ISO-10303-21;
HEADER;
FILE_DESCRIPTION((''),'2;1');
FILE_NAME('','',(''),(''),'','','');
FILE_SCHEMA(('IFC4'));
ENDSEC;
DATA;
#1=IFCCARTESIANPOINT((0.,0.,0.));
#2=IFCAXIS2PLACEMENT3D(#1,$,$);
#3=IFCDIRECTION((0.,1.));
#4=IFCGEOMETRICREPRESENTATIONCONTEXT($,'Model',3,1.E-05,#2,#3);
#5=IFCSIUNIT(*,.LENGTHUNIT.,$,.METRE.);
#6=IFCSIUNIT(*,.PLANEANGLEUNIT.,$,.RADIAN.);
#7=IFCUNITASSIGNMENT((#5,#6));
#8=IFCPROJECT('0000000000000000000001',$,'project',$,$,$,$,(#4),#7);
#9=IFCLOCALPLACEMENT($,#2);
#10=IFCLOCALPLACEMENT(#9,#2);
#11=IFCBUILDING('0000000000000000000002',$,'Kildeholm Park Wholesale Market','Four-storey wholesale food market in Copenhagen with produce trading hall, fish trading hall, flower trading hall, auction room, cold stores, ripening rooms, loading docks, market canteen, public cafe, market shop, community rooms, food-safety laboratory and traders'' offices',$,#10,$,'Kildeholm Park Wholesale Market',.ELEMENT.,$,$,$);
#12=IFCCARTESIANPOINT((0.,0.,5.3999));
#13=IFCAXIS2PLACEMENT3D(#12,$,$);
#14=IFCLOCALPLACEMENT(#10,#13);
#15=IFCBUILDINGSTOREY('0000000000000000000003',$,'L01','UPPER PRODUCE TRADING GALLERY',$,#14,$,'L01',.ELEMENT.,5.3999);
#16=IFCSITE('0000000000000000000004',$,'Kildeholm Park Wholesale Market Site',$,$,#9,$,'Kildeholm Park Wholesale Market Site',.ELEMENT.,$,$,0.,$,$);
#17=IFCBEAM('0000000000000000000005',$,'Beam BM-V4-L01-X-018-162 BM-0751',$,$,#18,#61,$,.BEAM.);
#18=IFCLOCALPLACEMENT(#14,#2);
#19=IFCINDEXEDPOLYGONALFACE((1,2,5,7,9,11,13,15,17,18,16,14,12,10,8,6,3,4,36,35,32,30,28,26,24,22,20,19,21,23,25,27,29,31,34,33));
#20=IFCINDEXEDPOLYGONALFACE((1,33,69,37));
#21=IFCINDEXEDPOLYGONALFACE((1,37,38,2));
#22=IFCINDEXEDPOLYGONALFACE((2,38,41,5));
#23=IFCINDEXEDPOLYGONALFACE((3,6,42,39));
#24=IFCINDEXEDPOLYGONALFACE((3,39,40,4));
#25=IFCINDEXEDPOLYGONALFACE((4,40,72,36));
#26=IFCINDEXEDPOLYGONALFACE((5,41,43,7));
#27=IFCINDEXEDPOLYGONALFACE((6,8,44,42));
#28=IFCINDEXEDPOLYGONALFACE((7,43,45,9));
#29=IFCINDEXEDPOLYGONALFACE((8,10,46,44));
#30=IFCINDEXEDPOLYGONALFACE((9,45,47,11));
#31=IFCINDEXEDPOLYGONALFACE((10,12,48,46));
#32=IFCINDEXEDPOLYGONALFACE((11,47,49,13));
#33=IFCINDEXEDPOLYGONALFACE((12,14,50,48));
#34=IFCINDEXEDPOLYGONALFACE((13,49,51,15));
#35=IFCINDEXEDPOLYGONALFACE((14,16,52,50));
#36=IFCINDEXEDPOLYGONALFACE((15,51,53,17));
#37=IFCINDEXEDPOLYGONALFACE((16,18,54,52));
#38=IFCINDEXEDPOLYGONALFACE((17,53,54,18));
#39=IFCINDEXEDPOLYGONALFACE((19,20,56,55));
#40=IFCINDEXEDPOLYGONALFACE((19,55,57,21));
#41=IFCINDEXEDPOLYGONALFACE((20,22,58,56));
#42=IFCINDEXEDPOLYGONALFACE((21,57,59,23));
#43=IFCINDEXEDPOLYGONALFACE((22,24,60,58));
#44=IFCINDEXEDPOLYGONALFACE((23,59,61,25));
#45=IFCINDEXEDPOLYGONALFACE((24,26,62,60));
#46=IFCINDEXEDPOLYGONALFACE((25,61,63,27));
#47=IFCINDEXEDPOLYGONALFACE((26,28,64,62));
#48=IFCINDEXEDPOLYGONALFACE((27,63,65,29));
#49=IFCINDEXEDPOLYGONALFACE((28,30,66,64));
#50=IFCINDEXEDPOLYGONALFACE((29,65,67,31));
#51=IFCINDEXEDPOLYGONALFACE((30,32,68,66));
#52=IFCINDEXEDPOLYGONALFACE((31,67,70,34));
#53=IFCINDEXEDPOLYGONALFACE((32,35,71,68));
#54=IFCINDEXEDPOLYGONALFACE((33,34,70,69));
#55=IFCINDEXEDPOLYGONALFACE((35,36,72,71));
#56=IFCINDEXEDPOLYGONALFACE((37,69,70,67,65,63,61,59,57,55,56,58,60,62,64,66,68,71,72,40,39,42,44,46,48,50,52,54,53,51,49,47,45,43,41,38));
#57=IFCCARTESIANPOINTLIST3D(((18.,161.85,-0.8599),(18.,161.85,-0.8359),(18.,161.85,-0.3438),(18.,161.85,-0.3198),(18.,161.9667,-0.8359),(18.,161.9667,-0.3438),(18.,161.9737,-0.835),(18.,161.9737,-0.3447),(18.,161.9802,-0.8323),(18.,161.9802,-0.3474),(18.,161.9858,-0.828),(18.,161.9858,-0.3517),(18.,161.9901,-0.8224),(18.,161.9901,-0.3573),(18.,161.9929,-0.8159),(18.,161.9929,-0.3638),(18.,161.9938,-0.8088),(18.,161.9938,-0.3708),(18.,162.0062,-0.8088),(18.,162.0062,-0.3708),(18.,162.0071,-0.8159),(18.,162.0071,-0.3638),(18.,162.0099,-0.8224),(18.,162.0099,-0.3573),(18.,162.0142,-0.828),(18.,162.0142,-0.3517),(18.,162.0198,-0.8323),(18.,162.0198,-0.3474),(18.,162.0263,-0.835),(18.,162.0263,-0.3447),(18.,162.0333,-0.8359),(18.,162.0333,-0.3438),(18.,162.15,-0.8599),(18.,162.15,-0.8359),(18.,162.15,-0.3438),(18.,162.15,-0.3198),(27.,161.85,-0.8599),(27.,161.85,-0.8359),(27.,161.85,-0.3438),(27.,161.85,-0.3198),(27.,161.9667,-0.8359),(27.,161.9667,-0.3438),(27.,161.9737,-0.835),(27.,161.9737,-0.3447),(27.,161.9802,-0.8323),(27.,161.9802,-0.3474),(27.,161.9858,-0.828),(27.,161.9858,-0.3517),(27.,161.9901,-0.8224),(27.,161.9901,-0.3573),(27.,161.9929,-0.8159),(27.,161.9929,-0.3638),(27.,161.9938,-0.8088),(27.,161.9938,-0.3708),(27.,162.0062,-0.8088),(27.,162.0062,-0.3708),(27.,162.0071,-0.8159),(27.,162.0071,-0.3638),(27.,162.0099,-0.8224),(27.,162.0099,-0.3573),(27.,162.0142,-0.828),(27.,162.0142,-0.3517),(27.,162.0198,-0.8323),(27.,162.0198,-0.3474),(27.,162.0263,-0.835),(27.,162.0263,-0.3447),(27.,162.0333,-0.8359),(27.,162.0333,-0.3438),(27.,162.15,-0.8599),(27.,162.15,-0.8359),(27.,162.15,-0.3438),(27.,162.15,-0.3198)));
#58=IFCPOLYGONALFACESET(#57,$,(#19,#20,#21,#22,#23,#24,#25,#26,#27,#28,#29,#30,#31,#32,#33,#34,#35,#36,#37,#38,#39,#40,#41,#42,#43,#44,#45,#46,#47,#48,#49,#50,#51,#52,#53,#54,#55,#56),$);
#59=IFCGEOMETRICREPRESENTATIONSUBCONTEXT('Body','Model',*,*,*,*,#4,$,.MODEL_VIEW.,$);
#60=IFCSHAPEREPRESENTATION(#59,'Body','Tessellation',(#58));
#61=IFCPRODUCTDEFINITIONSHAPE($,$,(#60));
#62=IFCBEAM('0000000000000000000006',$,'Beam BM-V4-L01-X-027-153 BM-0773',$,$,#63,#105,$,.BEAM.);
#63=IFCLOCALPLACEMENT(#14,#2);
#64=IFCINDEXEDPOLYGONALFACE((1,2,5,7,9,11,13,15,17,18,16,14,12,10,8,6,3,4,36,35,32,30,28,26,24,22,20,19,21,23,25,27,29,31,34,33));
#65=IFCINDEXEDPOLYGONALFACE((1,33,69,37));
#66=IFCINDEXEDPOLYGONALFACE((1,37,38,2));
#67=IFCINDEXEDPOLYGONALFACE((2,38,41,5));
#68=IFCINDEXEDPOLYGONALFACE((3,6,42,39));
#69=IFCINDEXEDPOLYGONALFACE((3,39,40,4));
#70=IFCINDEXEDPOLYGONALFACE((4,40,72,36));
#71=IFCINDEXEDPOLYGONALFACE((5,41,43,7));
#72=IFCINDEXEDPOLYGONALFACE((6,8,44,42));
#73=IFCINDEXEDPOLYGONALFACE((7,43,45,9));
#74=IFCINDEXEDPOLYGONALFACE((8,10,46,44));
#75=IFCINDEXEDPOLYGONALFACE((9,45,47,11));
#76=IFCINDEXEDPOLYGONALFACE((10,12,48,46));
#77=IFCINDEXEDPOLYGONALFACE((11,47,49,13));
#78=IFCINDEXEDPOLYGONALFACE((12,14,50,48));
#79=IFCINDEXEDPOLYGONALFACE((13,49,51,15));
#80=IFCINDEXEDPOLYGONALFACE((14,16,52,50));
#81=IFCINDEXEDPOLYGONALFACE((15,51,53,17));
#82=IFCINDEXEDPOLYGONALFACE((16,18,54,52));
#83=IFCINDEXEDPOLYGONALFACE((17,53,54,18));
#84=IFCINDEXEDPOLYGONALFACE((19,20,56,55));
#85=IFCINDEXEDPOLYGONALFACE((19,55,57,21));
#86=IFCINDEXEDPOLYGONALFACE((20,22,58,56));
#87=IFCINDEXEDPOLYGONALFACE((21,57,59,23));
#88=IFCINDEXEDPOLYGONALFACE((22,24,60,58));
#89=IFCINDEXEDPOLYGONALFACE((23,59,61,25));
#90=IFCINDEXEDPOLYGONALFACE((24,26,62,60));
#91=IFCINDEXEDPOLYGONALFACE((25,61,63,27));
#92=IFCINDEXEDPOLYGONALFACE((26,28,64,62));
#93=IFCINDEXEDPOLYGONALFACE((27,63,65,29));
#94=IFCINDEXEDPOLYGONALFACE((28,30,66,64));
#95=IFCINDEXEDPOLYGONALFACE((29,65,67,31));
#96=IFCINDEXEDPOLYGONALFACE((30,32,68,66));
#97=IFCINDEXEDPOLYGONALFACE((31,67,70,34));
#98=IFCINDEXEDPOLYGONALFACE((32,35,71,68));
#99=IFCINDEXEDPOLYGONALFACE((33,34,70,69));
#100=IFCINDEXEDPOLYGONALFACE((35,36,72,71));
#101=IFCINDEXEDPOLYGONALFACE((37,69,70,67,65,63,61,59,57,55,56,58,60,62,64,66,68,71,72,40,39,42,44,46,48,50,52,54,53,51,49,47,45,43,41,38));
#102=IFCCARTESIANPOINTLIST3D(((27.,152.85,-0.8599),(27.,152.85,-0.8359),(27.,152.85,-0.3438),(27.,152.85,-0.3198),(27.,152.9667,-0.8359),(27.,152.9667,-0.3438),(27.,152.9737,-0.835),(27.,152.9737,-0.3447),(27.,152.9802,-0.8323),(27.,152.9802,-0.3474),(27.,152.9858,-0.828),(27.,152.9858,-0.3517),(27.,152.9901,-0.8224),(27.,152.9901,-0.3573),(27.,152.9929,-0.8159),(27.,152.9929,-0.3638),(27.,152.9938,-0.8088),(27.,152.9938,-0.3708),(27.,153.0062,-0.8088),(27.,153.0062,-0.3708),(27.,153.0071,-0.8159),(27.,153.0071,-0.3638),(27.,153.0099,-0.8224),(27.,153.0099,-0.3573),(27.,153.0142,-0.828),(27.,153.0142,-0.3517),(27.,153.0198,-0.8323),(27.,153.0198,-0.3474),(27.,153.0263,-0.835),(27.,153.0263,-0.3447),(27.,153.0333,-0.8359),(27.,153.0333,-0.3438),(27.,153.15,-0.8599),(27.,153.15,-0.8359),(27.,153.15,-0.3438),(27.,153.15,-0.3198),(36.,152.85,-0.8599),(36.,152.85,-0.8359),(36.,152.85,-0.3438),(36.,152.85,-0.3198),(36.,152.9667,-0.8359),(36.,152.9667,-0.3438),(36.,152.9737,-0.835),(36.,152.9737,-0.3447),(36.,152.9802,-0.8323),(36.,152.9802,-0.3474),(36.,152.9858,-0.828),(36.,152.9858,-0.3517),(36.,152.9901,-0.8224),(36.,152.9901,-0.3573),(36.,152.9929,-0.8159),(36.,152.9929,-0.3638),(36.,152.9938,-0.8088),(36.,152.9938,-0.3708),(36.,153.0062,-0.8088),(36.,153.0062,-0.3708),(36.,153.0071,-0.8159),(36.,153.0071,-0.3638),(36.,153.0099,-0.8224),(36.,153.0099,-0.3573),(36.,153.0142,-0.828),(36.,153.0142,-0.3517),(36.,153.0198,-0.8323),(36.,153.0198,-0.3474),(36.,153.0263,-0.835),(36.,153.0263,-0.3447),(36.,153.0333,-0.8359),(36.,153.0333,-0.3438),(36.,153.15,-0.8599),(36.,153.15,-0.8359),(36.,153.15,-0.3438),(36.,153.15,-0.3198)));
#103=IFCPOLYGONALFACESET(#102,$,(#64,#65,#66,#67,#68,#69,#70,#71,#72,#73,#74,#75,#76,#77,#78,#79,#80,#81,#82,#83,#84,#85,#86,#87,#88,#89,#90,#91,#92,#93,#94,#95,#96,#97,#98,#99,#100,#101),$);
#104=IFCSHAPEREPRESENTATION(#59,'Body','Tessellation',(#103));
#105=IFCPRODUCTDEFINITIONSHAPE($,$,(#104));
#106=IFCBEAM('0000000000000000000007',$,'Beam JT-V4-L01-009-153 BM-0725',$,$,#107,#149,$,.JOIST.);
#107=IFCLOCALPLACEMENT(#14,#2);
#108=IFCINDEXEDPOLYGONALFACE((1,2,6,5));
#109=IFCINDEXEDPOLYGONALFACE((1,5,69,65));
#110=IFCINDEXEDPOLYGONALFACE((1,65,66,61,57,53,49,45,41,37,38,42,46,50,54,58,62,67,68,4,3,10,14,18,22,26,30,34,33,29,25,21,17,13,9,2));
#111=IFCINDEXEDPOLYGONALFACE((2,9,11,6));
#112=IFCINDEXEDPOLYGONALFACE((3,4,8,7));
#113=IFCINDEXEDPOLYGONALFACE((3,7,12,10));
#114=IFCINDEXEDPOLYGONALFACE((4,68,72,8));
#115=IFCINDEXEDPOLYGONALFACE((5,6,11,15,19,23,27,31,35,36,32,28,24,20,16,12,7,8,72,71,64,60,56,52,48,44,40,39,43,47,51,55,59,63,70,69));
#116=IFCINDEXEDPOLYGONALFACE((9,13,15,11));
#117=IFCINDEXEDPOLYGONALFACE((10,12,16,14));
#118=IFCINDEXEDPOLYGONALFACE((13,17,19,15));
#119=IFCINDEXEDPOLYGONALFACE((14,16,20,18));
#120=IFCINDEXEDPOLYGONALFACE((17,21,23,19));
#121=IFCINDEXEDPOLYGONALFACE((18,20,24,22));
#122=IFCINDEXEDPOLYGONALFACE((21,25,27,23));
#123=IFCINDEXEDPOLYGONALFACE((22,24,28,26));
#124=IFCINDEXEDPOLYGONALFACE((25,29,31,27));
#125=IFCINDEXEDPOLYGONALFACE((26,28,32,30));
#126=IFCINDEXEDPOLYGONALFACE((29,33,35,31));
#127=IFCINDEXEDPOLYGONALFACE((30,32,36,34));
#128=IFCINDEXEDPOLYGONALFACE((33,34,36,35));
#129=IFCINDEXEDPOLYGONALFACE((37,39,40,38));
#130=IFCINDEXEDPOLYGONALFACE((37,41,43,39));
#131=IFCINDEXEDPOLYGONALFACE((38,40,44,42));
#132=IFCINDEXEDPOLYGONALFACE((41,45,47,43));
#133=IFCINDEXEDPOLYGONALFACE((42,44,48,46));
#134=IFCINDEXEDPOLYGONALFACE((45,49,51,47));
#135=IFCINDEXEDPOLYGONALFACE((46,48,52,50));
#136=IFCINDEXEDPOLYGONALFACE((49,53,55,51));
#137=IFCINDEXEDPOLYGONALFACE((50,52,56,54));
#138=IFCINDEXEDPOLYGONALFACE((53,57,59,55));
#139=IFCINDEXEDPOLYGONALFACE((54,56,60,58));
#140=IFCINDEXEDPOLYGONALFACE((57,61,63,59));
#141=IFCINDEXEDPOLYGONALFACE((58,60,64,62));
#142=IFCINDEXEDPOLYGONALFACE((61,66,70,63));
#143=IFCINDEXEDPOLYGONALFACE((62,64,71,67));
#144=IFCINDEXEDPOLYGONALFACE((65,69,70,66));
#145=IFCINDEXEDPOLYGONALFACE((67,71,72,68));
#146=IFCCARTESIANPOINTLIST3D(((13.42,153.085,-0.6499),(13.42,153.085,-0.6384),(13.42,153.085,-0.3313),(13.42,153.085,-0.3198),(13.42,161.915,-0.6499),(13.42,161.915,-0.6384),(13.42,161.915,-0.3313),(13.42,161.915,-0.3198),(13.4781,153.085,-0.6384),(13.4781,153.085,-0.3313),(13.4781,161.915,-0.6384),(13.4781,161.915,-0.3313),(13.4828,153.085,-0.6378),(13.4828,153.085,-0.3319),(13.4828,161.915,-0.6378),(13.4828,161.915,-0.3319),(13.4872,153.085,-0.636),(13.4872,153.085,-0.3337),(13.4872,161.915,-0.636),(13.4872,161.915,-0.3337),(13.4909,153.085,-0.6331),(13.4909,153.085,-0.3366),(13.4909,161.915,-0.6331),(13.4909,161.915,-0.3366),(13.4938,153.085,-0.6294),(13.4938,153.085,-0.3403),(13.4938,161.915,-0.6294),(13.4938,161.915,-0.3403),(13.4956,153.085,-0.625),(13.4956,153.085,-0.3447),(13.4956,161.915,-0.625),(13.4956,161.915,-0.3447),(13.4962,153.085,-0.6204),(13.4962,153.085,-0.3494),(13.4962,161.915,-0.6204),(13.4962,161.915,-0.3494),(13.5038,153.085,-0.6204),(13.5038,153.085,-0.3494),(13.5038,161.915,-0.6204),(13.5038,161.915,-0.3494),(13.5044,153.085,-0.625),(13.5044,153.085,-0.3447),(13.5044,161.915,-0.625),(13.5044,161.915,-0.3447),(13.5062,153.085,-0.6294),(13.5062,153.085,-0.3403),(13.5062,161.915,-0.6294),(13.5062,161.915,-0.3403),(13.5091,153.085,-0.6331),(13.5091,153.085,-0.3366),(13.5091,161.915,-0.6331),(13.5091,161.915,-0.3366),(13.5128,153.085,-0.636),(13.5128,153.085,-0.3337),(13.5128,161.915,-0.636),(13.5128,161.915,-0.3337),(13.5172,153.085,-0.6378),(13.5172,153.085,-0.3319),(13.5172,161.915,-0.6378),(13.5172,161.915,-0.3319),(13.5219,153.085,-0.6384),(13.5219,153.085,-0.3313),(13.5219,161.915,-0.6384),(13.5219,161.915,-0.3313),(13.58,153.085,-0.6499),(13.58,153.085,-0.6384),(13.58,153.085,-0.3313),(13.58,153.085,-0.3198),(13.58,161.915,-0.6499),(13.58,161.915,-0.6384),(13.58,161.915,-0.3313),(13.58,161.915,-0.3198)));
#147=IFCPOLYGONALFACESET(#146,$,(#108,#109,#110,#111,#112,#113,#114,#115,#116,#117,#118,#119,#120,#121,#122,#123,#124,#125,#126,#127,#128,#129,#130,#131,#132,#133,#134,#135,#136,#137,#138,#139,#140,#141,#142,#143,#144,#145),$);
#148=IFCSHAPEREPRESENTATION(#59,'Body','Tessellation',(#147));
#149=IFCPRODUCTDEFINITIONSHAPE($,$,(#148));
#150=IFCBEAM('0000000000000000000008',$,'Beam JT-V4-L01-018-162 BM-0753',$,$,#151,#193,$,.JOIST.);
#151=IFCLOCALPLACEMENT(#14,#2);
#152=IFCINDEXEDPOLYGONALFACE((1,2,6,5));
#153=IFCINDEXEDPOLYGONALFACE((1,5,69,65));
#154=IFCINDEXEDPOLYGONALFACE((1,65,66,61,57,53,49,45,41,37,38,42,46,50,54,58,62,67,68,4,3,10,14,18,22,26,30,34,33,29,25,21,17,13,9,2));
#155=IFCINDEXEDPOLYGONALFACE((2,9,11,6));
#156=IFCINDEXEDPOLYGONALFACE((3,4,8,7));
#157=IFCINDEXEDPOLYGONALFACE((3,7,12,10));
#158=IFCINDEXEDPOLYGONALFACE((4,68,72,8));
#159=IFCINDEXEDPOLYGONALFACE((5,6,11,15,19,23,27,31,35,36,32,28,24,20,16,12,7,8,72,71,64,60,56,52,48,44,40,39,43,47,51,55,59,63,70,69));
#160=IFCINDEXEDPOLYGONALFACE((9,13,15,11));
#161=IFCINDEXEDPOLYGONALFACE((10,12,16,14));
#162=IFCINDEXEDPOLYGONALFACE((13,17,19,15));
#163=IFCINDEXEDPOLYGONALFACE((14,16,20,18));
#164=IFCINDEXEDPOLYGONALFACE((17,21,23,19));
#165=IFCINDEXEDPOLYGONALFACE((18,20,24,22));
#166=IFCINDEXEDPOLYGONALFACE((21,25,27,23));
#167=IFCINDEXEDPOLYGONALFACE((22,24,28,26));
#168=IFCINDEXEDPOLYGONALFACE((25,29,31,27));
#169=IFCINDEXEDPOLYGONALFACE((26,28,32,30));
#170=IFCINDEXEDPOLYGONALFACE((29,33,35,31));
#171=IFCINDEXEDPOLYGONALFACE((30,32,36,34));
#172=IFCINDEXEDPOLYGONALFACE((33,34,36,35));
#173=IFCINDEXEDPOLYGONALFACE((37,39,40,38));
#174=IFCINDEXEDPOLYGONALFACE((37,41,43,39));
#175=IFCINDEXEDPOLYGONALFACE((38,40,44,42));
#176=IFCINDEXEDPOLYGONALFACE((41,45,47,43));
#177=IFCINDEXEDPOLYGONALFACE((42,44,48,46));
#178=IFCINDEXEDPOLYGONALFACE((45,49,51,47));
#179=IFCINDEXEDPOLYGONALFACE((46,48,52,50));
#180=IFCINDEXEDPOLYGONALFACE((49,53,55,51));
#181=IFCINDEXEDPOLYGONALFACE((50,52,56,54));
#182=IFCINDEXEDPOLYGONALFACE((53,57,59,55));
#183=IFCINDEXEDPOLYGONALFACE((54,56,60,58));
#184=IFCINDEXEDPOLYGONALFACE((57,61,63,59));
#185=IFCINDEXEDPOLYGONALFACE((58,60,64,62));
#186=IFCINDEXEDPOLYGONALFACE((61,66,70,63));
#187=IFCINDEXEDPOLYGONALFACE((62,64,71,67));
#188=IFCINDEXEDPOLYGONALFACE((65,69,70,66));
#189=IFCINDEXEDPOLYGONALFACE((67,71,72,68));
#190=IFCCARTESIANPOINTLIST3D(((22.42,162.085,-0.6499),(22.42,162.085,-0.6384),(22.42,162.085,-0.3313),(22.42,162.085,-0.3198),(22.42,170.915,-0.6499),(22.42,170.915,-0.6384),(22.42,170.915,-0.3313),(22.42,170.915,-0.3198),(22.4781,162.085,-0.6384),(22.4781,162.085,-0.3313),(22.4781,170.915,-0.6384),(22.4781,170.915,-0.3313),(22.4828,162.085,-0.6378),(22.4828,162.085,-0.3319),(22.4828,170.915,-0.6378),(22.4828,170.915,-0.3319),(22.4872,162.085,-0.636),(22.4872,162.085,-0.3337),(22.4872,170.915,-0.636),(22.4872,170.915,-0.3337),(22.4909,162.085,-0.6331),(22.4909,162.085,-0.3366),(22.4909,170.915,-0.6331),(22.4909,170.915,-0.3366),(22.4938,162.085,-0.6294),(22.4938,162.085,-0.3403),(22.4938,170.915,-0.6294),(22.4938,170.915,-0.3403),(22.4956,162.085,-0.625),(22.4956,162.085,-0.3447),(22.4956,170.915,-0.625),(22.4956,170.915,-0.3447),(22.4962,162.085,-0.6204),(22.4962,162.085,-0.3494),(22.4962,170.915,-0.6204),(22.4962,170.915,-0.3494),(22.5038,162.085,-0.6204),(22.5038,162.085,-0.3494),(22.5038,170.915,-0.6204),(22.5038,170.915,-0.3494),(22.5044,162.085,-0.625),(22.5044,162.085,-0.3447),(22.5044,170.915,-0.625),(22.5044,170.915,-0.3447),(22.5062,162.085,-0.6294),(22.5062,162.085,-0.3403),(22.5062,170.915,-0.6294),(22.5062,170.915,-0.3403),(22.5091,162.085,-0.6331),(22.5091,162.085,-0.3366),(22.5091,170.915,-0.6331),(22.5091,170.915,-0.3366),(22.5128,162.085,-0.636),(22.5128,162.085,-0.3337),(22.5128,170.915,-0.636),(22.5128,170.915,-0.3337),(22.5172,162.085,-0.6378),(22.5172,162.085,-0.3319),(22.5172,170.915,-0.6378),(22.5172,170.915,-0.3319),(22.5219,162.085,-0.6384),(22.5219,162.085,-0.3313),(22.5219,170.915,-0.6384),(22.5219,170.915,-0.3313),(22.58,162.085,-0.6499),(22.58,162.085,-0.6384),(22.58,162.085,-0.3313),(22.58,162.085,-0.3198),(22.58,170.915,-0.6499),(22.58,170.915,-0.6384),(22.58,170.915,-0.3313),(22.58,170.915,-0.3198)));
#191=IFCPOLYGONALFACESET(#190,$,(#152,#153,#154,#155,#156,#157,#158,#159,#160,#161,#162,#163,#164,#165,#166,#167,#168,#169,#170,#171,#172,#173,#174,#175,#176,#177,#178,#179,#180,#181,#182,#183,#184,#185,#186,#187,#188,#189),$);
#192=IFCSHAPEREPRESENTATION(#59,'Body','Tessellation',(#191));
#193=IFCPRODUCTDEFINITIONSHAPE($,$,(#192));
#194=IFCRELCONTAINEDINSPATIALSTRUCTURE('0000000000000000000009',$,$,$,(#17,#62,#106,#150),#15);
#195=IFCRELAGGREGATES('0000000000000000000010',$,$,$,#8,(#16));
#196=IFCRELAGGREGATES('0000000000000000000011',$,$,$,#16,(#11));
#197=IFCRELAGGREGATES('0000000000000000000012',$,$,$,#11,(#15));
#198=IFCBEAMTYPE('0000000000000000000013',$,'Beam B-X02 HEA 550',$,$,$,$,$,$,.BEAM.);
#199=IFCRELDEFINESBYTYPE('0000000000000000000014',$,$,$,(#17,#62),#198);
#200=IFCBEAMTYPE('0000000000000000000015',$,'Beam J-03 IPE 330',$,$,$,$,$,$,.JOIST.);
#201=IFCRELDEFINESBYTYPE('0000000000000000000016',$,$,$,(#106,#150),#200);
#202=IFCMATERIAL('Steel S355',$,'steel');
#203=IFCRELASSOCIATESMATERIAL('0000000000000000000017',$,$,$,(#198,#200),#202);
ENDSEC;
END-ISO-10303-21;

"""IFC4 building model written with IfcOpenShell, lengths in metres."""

from ifc_helpers import new_model, si_unit, direction, frame, origin, origin_2d, place, context, subcontext, project, spatial, i_section, extrude, material, material_profile, profile_set, type_object, element, save


model = new_model("IFC4")

# Units and contexts
model_context = context("Model", 3, precision=1e-05, world=origin(), true_north=direction((0.0, 1.0)))
body_context = subcontext(model_context, "Body", "Model", "MODEL_VIEW")
ifc_project = project(units=[si_unit("LENGTHUNIT", "METRE"), si_unit("PLANEANGLEUNIT", "RADIAN")], contexts=[model_context])

# Site, building, storey
site_placement = place(None, origin())
site = spatial("IfcSite", under=ifc_project, at=site_placement, Name="Kildeholm Park Wholesale Market Site", LongName="Kildeholm Park Wholesale Market Site", CompositionType="ELEMENT", RefElevation=0.0)
building_placement = place(site_placement, origin())
building = spatial("IfcBuilding", under=site, at=building_placement, Name="Kildeholm Park Wholesale Market", Description="Four-storey wholesale food market in Copenhagen with produce trading hall, fish trading hall, flower trading hall, auction room, cold stores, ripening rooms, loading docks, market canteen, public cafe, market shop, community rooms, food-safety laboratory and traders' offices", LongName="Kildeholm Park Wholesale Market", CompositionType="ELEMENT")
storey_placement = place(building_placement, frame((0.0, 0.0, 5.3999)))
storey = spatial("IfcBuildingStorey", under=building, at=storey_placement, Name="L01", Description="UPPER PRODUCE TRADING GALLERY", LongName="L01", CompositionType="ELEMENT", Elevation=5.3999)

# Beams
ifc_material_1 = material(Name="Steel S355", Category="steel")
ifc_material_profile_1 = material_profile(ifc_material_1, i_section(OverallWidth=0.3, OverallDepth=0.54, WebThickness=0.0125, FlangeThickness=0.0239, FilletRadius=0.0271, at=origin_2d()), Name="HEA 550")
ifc_profile_set_1 = profile_set([ifc_material_profile_1], Name="Steel S355")
beam_type_1 = type_object("IfcBeamType", Name="Beam B-X02 HEA 550", PredefinedType="BEAM", material=ifc_profile_set_1)
for number, where, z_axis, x_axis, name in (
    (1, (18.0, 162.0, -0.5898), (1.0, 0.0, 0.0), (0.0, 1.0, 0.0), "Beam BM-V4-L01-X-018-162 BM-0751"),
    (2, (27.0, 153.0, -0.5898), (1.0, 0.0, 0.0), (0.0, 1.0, 0.0), "Beam BM-V4-L01-X-027-153 BM-0773"),
):
    element("IfcBeam", number, at=place(storey_placement, frame(where, z_axis=z_axis, x_axis=x_axis)), inside=storey, type_object=beam_type_1, Name=name, PredefinedType="BEAM", context=body_context, shape_type="SweptSolid", body=[
        extrude(i_section(OverallWidth=0.3, OverallDepth=0.54, WebThickness=0.0125, FlangeThickness=0.0239, FilletRadius=0.0271, at=origin_2d()), origin(), (0.0, 0.0, 1.0), 9.0),
    ])
ifc_material_profile_2 = material_profile(ifc_material_1, i_section(OverallWidth=0.1599, OverallDepth=0.3301, WebThickness=0.0076, FlangeThickness=0.0115, FilletRadius=0.0181, at=origin_2d()), Name="IPE 330")
ifc_profile_set_2 = profile_set([ifc_material_profile_2], Name="Steel S355")
beam_type_2 = type_object("IfcBeamType", Name="Beam J-03 IPE 330", PredefinedType="JOIST", material=ifc_profile_set_2)
for number, where, z_axis, x_axis, name in (
    (3, (13.5, 153.085, -0.4849), (0.0, 1.0, 0.0), (-1.0, 0.0, 0.0), "Beam JT-V4-L01-009-153 BM-0725"),
    (4, (22.5, 162.085, -0.4849), (0.0, 1.0, 0.0), (-1.0, 0.0, 0.0), "Beam JT-V4-L01-018-162 BM-0753"),
):
    element("IfcBeam", number, at=place(storey_placement, frame(where, z_axis=z_axis, x_axis=x_axis)), inside=storey, type_object=beam_type_2, Name=name, PredefinedType="JOIST", context=body_context, shape_type="SweptSolid", body=[
        extrude(i_section(OverallWidth=0.1599, OverallDepth=0.3301, WebThickness=0.0076, FlangeThickness=0.0115, FilletRadius=0.0181, at=origin_2d()), origin(), (0.0, 0.0, 1.0), 8.8301),
    ])

save(model, "model.ifc")
